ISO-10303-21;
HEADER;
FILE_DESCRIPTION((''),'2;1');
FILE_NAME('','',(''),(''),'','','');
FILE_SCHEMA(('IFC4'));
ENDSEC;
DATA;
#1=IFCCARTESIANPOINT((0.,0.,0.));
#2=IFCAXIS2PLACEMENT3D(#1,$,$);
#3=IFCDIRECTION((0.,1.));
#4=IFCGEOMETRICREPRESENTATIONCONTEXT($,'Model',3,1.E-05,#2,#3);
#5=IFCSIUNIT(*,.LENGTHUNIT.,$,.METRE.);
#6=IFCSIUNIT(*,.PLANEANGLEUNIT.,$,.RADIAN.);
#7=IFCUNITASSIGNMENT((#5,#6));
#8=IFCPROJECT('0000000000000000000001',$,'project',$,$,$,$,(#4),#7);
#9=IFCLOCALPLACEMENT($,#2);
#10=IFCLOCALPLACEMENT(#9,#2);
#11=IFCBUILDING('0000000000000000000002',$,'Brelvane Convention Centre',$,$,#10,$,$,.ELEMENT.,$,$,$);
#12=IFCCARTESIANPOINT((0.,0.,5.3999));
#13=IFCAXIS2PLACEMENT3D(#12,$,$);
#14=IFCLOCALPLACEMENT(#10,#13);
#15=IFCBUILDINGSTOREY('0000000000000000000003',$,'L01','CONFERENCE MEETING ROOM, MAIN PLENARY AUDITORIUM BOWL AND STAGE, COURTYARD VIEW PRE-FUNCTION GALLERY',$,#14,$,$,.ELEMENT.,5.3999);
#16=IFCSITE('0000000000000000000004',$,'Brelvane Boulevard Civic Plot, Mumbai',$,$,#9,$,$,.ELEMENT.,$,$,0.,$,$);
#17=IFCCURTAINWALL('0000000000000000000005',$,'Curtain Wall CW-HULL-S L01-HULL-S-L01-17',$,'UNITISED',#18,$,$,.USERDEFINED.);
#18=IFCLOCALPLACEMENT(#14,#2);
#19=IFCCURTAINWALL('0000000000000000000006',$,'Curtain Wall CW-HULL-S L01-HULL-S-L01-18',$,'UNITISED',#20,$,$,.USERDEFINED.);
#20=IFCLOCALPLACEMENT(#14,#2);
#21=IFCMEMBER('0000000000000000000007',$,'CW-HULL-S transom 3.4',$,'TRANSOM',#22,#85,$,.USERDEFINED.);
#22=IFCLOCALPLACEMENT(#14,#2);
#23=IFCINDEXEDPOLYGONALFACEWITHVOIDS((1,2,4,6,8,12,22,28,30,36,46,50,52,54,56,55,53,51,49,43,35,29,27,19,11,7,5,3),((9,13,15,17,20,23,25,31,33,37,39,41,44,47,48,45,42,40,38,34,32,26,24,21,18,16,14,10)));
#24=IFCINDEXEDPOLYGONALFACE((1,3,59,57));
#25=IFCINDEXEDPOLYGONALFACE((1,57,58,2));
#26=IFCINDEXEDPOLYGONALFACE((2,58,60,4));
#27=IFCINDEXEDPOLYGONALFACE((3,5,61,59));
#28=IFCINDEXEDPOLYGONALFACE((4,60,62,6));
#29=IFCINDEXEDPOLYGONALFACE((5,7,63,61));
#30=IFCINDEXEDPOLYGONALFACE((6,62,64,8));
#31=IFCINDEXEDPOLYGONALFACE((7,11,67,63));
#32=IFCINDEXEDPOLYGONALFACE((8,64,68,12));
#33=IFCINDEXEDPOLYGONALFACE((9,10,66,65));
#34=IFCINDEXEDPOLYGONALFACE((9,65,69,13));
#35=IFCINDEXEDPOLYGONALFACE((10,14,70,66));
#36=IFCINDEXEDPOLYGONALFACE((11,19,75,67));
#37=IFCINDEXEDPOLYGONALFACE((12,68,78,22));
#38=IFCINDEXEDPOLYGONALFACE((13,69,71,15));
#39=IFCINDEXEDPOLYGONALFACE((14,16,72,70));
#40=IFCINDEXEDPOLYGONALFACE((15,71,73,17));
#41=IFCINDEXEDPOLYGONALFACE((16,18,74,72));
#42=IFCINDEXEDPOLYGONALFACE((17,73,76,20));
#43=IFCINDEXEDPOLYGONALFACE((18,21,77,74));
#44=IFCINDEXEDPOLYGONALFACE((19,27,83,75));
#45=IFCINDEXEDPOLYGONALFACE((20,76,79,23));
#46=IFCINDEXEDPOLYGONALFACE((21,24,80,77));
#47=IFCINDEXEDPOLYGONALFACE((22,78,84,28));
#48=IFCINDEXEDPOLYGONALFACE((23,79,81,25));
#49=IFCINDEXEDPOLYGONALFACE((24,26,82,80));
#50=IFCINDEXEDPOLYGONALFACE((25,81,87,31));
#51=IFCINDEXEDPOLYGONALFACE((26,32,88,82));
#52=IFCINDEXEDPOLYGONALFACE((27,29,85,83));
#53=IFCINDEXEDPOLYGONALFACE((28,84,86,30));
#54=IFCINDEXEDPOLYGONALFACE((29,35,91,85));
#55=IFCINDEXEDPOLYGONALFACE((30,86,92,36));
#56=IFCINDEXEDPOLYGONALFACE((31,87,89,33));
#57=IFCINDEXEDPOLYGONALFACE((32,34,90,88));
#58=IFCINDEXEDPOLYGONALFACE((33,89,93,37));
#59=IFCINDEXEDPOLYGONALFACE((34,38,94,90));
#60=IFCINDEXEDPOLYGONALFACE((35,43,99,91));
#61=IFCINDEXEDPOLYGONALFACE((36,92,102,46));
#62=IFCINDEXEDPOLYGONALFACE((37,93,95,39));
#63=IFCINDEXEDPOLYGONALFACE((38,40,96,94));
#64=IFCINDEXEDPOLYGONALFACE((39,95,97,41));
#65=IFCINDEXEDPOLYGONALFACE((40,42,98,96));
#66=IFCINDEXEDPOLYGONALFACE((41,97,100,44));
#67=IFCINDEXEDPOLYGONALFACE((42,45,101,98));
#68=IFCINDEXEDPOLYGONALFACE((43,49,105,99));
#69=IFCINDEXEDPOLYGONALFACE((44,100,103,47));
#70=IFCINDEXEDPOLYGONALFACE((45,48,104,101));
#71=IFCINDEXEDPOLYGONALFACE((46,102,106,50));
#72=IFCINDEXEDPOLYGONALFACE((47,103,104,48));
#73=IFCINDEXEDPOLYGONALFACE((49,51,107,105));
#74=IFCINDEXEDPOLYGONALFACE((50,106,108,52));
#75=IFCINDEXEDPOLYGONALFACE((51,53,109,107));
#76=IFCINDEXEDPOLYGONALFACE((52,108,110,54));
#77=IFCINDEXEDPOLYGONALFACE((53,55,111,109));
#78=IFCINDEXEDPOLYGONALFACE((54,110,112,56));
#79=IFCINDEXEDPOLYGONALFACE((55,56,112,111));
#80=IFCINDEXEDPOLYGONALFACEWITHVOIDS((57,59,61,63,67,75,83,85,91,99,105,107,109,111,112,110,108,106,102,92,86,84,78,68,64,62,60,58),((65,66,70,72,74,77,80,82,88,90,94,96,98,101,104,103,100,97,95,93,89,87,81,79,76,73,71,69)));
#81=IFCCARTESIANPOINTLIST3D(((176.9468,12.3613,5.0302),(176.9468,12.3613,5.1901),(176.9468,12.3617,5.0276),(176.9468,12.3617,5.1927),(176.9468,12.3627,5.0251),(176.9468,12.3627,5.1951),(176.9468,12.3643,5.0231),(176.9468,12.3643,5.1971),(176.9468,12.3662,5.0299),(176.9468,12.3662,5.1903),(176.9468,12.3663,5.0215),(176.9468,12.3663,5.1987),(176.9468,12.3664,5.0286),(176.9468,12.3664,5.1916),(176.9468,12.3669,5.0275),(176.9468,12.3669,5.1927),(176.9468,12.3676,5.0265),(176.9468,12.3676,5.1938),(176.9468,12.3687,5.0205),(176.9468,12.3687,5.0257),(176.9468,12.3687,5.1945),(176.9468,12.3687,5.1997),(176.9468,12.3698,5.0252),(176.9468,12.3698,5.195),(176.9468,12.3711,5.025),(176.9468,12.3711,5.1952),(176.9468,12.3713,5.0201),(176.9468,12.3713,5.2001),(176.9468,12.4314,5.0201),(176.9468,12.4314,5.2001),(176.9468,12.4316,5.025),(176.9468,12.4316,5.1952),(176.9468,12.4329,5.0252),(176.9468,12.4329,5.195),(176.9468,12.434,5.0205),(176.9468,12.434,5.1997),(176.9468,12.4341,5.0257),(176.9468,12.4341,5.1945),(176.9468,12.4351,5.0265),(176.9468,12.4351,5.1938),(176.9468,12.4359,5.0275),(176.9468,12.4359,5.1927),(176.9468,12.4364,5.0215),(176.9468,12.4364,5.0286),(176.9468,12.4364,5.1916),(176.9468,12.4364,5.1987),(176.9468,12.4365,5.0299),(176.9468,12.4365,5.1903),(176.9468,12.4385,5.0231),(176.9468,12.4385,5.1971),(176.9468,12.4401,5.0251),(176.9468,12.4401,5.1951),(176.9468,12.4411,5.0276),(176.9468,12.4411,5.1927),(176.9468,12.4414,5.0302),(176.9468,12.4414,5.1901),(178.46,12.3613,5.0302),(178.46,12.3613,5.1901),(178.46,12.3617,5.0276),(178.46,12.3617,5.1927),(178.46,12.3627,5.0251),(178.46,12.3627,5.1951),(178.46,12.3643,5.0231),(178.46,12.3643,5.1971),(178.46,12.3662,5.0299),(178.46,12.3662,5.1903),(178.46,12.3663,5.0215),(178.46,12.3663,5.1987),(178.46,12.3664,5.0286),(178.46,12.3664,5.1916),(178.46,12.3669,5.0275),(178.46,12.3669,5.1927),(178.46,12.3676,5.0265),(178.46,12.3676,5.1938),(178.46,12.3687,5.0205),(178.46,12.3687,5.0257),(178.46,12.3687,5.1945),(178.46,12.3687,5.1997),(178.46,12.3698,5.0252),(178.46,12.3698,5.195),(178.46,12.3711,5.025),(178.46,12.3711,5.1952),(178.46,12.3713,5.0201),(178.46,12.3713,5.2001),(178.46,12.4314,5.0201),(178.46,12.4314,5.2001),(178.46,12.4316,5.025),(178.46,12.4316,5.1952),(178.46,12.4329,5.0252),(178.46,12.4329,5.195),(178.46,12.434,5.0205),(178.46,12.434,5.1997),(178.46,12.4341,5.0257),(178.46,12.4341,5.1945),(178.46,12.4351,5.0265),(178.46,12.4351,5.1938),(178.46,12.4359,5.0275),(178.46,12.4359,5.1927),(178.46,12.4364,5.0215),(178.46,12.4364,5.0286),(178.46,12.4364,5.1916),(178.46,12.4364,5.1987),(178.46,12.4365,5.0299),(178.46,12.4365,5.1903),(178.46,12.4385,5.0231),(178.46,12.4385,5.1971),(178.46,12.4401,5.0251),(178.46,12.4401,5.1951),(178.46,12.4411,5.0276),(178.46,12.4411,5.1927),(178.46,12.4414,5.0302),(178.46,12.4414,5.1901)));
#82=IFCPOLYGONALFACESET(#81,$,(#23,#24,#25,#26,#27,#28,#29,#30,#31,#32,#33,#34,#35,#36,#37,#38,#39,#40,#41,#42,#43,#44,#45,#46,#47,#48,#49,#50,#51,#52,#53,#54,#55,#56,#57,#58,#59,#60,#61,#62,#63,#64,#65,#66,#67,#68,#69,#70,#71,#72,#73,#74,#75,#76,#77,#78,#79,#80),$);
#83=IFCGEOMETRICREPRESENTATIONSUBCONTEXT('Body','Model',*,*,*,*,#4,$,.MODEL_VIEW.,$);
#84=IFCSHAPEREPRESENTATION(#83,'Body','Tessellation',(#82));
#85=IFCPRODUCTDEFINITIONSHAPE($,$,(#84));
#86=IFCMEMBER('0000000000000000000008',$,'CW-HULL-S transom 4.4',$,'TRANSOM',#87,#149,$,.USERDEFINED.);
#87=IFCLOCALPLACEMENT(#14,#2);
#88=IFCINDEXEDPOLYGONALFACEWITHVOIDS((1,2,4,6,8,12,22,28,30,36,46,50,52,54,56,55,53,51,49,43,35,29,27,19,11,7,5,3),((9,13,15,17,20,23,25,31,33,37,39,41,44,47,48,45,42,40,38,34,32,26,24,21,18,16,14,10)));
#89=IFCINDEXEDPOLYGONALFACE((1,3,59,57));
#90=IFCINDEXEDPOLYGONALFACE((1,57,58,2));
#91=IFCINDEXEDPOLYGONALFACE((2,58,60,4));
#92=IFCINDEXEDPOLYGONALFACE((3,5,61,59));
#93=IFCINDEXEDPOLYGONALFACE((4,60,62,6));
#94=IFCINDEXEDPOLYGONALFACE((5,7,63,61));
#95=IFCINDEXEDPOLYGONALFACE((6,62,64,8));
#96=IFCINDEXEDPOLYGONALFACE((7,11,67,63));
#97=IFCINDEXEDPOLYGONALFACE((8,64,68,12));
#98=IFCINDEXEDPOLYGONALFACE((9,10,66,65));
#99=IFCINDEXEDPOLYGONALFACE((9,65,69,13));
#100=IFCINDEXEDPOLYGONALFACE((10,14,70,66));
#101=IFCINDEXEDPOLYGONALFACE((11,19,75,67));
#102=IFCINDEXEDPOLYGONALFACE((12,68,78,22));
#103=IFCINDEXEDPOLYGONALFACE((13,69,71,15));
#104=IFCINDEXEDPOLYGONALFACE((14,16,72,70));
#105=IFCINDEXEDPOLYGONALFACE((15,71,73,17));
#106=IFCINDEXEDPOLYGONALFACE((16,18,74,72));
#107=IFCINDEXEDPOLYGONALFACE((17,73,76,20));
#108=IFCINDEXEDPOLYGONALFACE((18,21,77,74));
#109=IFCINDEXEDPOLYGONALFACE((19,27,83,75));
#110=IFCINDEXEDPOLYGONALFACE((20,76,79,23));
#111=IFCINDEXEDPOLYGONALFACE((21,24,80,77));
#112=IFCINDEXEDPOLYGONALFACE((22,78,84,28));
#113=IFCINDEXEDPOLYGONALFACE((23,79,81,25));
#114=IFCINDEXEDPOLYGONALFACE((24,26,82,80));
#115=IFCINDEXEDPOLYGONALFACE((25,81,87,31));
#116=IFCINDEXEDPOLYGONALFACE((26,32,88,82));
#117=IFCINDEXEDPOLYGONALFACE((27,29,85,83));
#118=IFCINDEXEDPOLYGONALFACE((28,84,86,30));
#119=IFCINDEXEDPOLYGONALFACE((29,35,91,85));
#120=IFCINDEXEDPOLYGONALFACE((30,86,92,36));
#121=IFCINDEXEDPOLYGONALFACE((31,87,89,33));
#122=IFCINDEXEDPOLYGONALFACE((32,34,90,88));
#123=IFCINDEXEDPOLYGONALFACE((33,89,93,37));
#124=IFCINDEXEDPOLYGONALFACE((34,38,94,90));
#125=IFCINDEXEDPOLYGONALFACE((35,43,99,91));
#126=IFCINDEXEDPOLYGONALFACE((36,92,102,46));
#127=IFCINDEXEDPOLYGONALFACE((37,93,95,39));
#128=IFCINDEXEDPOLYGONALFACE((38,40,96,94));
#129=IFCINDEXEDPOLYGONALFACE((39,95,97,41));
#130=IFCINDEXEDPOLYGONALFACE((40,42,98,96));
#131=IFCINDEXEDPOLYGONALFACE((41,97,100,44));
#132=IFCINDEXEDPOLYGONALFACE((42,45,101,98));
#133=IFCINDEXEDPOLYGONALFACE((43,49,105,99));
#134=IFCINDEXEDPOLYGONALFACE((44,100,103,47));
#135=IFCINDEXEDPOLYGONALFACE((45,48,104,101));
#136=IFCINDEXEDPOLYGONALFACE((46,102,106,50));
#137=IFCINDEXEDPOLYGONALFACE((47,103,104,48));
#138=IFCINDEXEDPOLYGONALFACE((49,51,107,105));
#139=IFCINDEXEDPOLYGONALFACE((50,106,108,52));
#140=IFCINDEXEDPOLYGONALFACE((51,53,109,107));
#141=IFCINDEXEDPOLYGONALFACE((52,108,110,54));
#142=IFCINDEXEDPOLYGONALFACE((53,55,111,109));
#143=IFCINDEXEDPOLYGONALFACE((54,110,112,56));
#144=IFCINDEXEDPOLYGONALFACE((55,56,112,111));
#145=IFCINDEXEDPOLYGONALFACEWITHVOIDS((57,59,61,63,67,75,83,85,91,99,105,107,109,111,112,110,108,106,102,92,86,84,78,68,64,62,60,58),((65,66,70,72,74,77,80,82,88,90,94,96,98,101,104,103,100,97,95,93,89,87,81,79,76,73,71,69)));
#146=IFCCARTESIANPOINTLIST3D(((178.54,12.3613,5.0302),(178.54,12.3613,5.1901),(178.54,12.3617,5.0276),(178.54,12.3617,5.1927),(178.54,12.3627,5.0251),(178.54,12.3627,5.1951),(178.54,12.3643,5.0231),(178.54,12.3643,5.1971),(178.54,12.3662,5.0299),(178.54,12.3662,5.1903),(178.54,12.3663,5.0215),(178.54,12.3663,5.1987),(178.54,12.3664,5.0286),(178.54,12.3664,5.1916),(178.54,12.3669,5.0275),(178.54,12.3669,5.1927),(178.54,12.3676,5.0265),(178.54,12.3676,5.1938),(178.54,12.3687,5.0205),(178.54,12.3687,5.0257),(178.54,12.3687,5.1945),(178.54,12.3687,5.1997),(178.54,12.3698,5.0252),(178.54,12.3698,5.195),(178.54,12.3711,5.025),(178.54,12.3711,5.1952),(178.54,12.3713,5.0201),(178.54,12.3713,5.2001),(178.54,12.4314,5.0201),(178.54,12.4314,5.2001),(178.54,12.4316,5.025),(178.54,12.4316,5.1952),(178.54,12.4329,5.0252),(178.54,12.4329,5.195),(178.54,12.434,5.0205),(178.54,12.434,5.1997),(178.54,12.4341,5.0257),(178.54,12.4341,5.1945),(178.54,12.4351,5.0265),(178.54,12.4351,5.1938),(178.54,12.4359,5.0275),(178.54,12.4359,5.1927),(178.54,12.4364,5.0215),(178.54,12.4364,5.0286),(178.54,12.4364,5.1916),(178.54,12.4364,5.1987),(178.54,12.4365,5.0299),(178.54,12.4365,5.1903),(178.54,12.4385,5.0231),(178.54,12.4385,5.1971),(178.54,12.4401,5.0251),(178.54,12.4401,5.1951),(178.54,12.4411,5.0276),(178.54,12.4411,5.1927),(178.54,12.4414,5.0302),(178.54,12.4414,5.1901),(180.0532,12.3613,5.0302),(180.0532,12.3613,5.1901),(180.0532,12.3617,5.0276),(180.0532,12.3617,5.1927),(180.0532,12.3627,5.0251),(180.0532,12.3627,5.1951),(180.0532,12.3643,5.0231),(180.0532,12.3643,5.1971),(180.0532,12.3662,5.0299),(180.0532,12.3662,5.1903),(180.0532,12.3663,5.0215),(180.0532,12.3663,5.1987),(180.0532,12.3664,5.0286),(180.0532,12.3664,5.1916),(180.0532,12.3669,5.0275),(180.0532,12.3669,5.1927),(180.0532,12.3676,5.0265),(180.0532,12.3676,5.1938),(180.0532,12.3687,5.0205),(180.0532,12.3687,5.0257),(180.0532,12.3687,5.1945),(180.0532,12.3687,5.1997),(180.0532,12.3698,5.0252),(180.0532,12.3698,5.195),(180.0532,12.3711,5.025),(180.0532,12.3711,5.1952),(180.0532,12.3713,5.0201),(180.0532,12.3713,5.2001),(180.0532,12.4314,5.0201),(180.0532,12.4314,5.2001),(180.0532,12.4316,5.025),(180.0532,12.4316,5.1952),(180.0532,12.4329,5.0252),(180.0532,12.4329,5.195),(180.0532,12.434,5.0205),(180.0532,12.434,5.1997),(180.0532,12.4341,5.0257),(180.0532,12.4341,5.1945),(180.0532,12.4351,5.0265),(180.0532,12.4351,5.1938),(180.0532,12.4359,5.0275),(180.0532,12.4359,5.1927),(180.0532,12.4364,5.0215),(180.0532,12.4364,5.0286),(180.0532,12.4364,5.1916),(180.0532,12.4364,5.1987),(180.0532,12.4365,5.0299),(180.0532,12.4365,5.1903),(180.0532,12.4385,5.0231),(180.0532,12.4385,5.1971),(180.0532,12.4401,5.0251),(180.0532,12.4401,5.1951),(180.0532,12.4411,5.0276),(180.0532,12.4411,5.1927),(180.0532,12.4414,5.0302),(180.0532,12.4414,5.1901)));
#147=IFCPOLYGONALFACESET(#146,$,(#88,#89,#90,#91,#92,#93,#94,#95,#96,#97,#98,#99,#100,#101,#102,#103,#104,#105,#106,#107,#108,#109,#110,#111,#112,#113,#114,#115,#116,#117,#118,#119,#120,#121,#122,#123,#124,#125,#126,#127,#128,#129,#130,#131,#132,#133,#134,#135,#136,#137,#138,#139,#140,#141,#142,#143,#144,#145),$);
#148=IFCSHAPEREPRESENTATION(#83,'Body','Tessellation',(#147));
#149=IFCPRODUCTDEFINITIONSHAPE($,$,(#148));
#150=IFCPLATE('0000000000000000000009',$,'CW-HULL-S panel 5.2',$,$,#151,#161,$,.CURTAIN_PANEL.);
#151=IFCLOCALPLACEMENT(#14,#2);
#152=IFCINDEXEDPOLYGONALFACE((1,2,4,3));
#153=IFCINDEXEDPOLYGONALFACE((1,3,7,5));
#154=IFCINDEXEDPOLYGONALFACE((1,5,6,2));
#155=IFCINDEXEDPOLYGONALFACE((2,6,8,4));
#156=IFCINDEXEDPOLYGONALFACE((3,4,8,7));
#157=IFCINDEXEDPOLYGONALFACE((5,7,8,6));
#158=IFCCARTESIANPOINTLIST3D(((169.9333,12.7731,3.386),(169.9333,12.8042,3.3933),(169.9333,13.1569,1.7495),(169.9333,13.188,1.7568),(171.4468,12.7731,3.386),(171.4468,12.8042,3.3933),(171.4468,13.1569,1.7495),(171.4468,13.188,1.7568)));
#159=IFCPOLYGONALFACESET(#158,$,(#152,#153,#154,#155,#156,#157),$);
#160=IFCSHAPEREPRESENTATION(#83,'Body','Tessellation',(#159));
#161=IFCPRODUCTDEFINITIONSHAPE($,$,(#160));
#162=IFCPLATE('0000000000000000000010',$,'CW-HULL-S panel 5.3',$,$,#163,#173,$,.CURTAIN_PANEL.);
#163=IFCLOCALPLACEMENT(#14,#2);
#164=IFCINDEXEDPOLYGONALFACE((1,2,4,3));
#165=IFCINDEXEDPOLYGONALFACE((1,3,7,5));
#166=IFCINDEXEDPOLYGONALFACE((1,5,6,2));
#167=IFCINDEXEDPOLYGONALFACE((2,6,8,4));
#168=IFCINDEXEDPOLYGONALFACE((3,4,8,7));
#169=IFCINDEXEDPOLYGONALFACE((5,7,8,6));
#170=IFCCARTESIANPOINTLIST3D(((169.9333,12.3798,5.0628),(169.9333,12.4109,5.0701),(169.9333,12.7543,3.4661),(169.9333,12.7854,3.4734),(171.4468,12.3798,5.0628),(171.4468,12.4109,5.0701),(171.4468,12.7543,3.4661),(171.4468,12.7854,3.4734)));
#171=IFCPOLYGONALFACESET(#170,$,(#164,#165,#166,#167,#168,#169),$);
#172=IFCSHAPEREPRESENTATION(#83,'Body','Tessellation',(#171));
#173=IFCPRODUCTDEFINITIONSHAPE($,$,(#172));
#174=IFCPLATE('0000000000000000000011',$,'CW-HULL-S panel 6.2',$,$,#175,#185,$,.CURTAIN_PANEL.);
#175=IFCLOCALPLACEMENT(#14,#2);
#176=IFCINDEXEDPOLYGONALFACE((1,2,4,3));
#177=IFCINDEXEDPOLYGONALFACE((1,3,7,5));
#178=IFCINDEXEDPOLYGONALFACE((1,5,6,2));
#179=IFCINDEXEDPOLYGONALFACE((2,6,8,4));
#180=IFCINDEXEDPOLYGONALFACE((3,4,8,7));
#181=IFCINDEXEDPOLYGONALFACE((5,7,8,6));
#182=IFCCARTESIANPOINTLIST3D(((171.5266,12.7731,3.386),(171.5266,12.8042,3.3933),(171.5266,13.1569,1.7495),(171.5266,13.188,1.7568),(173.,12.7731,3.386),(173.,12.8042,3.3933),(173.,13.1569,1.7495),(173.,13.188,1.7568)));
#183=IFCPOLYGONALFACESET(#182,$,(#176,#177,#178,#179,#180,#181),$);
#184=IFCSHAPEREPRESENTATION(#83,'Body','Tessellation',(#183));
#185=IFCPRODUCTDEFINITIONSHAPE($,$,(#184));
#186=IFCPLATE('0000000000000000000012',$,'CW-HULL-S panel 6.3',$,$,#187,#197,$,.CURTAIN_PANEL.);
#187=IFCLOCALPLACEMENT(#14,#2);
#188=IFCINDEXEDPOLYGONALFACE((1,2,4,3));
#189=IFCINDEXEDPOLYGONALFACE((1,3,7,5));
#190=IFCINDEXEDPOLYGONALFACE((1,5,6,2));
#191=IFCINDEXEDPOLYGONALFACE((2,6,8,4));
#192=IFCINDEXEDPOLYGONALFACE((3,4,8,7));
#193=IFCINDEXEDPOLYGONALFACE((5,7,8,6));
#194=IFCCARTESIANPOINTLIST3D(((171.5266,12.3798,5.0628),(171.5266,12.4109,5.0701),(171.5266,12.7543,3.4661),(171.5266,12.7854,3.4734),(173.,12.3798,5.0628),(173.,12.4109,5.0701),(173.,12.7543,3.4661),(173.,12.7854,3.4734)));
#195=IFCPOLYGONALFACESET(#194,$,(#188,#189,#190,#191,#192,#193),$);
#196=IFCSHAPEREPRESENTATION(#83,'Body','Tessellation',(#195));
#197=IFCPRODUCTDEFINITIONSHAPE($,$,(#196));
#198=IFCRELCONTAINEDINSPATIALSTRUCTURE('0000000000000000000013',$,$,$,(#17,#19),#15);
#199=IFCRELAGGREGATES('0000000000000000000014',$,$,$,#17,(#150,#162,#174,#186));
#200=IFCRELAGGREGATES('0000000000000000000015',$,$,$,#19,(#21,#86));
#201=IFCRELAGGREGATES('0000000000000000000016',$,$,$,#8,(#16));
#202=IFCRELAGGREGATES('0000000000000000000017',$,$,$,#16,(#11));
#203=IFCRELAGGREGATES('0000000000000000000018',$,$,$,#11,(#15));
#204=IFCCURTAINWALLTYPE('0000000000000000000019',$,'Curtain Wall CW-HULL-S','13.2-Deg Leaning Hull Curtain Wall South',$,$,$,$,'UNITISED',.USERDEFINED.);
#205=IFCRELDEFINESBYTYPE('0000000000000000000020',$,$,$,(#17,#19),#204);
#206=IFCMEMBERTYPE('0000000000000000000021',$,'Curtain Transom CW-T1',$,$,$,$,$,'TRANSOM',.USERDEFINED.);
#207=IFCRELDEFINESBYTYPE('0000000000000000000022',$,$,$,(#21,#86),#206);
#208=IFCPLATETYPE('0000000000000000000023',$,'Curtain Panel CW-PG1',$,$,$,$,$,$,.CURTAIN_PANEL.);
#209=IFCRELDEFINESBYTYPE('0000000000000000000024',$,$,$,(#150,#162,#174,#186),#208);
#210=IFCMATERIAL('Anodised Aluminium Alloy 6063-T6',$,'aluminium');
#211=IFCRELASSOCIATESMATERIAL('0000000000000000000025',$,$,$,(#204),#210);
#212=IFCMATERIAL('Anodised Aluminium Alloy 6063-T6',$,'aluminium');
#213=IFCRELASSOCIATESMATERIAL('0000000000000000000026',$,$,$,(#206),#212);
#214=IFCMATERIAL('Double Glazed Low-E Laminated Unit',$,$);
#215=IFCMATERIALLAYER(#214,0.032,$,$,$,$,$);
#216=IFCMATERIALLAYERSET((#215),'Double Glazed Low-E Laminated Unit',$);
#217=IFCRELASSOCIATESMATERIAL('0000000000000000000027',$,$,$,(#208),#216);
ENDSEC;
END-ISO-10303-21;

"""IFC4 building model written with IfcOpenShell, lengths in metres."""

from ifc_helpers import new_model, si_unit, direction, frame, origin, origin_2d, place, context, subcontext, project, spatial, polyline, hollow_rectangle, outline, extrude, material, layer, layer_set, material_profile, profile_set, type_object, element, aggregate, save


model = new_model("IFC4")

# Units and contexts
model_context = context("Model", 3, precision=1e-05, world=origin(), true_north=direction((0.0, 1.0)))
body_context = subcontext(model_context, "Body", "Model", "MODEL_VIEW")
ifc_project = project(units=[si_unit("LENGTHUNIT", "METRE"), si_unit("PLANEANGLEUNIT", "RADIAN")], contexts=[model_context])

# Site, building, storey
site_placement = place(None, origin())
site = spatial("IfcSite", under=ifc_project, at=site_placement, Name="Brelvane Boulevard Civic Plot, Mumbai", CompositionType="ELEMENT", RefElevation=0.0)
building_placement = place(site_placement, origin())
building = spatial("IfcBuilding", under=site, at=building_placement, Name="Brelvane Convention Centre", CompositionType="ELEMENT")
storey_placement = place(building_placement, frame((0.0, 0.0, 5.3999)))
storey = spatial("IfcBuildingStorey", under=building, at=storey_placement, Name="L01", Description="CONFERENCE MEETING ROOM, MAIN PLENARY AUDITORIUM BOWL AND STAGE, COURTYARD VIEW PRE-FUNCTION GALLERY", CompositionType="ELEMENT", Elevation=5.3999)

# Curtain walls, members
ifc_material_1 = material(Name="Anodised Aluminium Alloy 6063-T6", Category="aluminium")
curtain_wall_type = type_object("IfcCurtainWallType", Name="Curtain Wall CW-HULL-S", Description="13.2-Deg Leaning Hull Curtain Wall South", ElementType="UNITISED", PredefinedType="USERDEFINED", material=ifc_material_1)
curtain_wall_1_placement = place(storey_placement, origin())
curtain_wall_1 = element("IfcCurtainWall", 1, at=curtain_wall_1_placement, inside=storey, type_object=curtain_wall_type, Name="Curtain Wall CW-HULL-S L01-HULL-S-L01-17", ObjectType="UNITISED", PredefinedType="USERDEFINED")
ifc_material_2 = material(Name="Anodised Aluminium Alloy 6063-T6", Category="aluminium")
ifc_material_profile = material_profile(ifc_material_2, hollow_rectangle(XDim=0.0801, YDim=0.1799, WallThickness=0.0049, InnerFilletRadius=0.0049, OuterFilletRadius=0.01, at=origin_2d()), Name="ALU-T 180x80x5.0")
ifc_profile_set = profile_set([ifc_material_profile], Name="Anodised Aluminium Alloy 6063-T6")
member_type = type_object("IfcMemberType", Name="Curtain Transom CW-T1", ElementType="TRANSOM", PredefinedType="USERDEFINED", material=ifc_profile_set)
curtain_wall_2_placement = place(storey_placement, origin())
curtain_wall_2 = element("IfcCurtainWall", 2, at=curtain_wall_2_placement, inside=storey, type_object=curtain_wall_type, Name="Curtain Wall CW-HULL-S L01-HULL-S-L01-18", ObjectType="UNITISED", PredefinedType="USERDEFINED")
member_1_placement = place(storey_placement, frame((176.9468, 12.4014, 5.1101), z_axis=(1.0, 0.0, 0.0), x_axis=(0.0, 1.0, 0.0)))
member_1 = element("IfcMember", 3, at=member_1_placement, type_object=member_type, Name="CW-HULL-S transom 3.4", ObjectType="TRANSOM", PredefinedType="USERDEFINED", context=body_context, shape_type="SweptSolid", body=[
    extrude(hollow_rectangle(XDim=0.0801, YDim=0.1799, WallThickness=0.0049, InnerFilletRadius=0.0049, OuterFilletRadius=0.01, at=origin_2d()), origin(), (0.0, 0.0, 1.0), 1.5132),
])
member_2_placement = place(storey_placement, frame((178.54, 12.4014, 5.1101), z_axis=(1.0, 0.0, 0.0), x_axis=(0.0, 1.0, 0.0)))
member_2 = element("IfcMember", 4, at=member_2_placement, type_object=member_type, Name="CW-HULL-S transom 4.4", ObjectType="TRANSOM", PredefinedType="USERDEFINED", context=body_context, shape_type="SweptSolid", body=[
    extrude(hollow_rectangle(XDim=0.0801, YDim=0.1799, WallThickness=0.0049, InnerFilletRadius=0.0049, OuterFilletRadius=0.01, at=origin_2d()), origin(), (0.0, 0.0, 1.0), 1.5132),
])

# Plates
ifc_material_3 = material(Name="Double Glazed Low-E Laminated Unit")
ifc_layer_1 = layer(ifc_material_3, 0.032)
ifc_layer_set_1 = layer_set([ifc_layer_1], Name="Double Glazed Low-E Laminated Unit")
plate_type_1 = type_object("IfcPlateType", Name="Curtain Panel CW-PG1", PredefinedType="CURTAIN_PANEL", material=ifc_layer_set_1)
plate_1_placement = place(storey_placement, frame((169.9333, 13.188, 1.7568), z_axis=(0.0, 0.973585, 0.228327), x_axis=(1.0, 0.0, 0.0)))
plate_1 = element("IfcPlate", 5, at=plate_1_placement, type_object=plate_type_1, Name="CW-HULL-S panel 5.2", PredefinedType="CURTAIN_PANEL", context=body_context, shape_type="SweptSolid", body=[
    extrude(outline(polyline([(0.0, 0.0), (1.5134, 0.0), (1.5134, -1.6809), (0.0, -1.6809), (0.0, 0.0)])), origin(), (0.0, 0.0, -1.0), 0.032),
])
plate_2_placement = place(storey_placement, frame((169.9333, 12.7854, 3.4734), z_axis=(0.0, 0.973577, 0.228359), x_axis=(1.0, 0.0, 0.0)))
plate_2 = element("IfcPlate", 6, at=plate_2_placement, type_object=plate_type_1, Name="CW-HULL-S panel 5.3", PredefinedType="CURTAIN_PANEL", context=body_context, shape_type="SweptSolid", body=[
    extrude(outline(polyline([(0.0, 0.0), (1.5134, 0.0), (1.5134, -1.64), (0.0, -1.64), (0.0, 0.0)])), origin(), (0.0, 0.0, -1.0), 0.032),
])
plate_3_placement = place(storey_placement, frame((171.5266, 13.188, 1.7568), z_axis=(0.0, 0.973585, 0.228327), x_axis=(1.0, 0.0, 0.0)))
plate_3 = element("IfcPlate", 7, at=plate_3_placement, type_object=plate_type_1, Name="CW-HULL-S panel 6.2", PredefinedType="CURTAIN_PANEL", context=body_context, shape_type="SweptSolid", body=[
    extrude(outline(polyline([(0.0, 0.0), (1.4734, 0.0), (1.4734, -1.6809), (0.0, -1.6809), (0.0, 0.0)])), origin(), (0.0, 0.0, -1.0), 0.032),
])
plate_4_placement = place(storey_placement, frame((171.5266, 12.7854, 3.4734), z_axis=(0.0, 0.973577, 0.228359), x_axis=(1.0, 0.0, 0.0)))
plate_4 = element("IfcPlate", 8, at=plate_4_placement, type_object=plate_type_1, Name="CW-HULL-S panel 6.3", PredefinedType="CURTAIN_PANEL", context=body_context, shape_type="SweptSolid", body=[
    extrude(outline(polyline([(0.0, 0.0), (1.4734, 0.0), (1.4734, -1.64), (0.0, -1.64), (0.0, 0.0)])), origin(), (0.0, 0.0, -1.0), 0.032),
])
aggregate(curtain_wall_1, [plate_1, plate_2, plate_3, plate_4])
aggregate(curtain_wall_2, [member_1, member_2])

save(model, "model.ifc")
